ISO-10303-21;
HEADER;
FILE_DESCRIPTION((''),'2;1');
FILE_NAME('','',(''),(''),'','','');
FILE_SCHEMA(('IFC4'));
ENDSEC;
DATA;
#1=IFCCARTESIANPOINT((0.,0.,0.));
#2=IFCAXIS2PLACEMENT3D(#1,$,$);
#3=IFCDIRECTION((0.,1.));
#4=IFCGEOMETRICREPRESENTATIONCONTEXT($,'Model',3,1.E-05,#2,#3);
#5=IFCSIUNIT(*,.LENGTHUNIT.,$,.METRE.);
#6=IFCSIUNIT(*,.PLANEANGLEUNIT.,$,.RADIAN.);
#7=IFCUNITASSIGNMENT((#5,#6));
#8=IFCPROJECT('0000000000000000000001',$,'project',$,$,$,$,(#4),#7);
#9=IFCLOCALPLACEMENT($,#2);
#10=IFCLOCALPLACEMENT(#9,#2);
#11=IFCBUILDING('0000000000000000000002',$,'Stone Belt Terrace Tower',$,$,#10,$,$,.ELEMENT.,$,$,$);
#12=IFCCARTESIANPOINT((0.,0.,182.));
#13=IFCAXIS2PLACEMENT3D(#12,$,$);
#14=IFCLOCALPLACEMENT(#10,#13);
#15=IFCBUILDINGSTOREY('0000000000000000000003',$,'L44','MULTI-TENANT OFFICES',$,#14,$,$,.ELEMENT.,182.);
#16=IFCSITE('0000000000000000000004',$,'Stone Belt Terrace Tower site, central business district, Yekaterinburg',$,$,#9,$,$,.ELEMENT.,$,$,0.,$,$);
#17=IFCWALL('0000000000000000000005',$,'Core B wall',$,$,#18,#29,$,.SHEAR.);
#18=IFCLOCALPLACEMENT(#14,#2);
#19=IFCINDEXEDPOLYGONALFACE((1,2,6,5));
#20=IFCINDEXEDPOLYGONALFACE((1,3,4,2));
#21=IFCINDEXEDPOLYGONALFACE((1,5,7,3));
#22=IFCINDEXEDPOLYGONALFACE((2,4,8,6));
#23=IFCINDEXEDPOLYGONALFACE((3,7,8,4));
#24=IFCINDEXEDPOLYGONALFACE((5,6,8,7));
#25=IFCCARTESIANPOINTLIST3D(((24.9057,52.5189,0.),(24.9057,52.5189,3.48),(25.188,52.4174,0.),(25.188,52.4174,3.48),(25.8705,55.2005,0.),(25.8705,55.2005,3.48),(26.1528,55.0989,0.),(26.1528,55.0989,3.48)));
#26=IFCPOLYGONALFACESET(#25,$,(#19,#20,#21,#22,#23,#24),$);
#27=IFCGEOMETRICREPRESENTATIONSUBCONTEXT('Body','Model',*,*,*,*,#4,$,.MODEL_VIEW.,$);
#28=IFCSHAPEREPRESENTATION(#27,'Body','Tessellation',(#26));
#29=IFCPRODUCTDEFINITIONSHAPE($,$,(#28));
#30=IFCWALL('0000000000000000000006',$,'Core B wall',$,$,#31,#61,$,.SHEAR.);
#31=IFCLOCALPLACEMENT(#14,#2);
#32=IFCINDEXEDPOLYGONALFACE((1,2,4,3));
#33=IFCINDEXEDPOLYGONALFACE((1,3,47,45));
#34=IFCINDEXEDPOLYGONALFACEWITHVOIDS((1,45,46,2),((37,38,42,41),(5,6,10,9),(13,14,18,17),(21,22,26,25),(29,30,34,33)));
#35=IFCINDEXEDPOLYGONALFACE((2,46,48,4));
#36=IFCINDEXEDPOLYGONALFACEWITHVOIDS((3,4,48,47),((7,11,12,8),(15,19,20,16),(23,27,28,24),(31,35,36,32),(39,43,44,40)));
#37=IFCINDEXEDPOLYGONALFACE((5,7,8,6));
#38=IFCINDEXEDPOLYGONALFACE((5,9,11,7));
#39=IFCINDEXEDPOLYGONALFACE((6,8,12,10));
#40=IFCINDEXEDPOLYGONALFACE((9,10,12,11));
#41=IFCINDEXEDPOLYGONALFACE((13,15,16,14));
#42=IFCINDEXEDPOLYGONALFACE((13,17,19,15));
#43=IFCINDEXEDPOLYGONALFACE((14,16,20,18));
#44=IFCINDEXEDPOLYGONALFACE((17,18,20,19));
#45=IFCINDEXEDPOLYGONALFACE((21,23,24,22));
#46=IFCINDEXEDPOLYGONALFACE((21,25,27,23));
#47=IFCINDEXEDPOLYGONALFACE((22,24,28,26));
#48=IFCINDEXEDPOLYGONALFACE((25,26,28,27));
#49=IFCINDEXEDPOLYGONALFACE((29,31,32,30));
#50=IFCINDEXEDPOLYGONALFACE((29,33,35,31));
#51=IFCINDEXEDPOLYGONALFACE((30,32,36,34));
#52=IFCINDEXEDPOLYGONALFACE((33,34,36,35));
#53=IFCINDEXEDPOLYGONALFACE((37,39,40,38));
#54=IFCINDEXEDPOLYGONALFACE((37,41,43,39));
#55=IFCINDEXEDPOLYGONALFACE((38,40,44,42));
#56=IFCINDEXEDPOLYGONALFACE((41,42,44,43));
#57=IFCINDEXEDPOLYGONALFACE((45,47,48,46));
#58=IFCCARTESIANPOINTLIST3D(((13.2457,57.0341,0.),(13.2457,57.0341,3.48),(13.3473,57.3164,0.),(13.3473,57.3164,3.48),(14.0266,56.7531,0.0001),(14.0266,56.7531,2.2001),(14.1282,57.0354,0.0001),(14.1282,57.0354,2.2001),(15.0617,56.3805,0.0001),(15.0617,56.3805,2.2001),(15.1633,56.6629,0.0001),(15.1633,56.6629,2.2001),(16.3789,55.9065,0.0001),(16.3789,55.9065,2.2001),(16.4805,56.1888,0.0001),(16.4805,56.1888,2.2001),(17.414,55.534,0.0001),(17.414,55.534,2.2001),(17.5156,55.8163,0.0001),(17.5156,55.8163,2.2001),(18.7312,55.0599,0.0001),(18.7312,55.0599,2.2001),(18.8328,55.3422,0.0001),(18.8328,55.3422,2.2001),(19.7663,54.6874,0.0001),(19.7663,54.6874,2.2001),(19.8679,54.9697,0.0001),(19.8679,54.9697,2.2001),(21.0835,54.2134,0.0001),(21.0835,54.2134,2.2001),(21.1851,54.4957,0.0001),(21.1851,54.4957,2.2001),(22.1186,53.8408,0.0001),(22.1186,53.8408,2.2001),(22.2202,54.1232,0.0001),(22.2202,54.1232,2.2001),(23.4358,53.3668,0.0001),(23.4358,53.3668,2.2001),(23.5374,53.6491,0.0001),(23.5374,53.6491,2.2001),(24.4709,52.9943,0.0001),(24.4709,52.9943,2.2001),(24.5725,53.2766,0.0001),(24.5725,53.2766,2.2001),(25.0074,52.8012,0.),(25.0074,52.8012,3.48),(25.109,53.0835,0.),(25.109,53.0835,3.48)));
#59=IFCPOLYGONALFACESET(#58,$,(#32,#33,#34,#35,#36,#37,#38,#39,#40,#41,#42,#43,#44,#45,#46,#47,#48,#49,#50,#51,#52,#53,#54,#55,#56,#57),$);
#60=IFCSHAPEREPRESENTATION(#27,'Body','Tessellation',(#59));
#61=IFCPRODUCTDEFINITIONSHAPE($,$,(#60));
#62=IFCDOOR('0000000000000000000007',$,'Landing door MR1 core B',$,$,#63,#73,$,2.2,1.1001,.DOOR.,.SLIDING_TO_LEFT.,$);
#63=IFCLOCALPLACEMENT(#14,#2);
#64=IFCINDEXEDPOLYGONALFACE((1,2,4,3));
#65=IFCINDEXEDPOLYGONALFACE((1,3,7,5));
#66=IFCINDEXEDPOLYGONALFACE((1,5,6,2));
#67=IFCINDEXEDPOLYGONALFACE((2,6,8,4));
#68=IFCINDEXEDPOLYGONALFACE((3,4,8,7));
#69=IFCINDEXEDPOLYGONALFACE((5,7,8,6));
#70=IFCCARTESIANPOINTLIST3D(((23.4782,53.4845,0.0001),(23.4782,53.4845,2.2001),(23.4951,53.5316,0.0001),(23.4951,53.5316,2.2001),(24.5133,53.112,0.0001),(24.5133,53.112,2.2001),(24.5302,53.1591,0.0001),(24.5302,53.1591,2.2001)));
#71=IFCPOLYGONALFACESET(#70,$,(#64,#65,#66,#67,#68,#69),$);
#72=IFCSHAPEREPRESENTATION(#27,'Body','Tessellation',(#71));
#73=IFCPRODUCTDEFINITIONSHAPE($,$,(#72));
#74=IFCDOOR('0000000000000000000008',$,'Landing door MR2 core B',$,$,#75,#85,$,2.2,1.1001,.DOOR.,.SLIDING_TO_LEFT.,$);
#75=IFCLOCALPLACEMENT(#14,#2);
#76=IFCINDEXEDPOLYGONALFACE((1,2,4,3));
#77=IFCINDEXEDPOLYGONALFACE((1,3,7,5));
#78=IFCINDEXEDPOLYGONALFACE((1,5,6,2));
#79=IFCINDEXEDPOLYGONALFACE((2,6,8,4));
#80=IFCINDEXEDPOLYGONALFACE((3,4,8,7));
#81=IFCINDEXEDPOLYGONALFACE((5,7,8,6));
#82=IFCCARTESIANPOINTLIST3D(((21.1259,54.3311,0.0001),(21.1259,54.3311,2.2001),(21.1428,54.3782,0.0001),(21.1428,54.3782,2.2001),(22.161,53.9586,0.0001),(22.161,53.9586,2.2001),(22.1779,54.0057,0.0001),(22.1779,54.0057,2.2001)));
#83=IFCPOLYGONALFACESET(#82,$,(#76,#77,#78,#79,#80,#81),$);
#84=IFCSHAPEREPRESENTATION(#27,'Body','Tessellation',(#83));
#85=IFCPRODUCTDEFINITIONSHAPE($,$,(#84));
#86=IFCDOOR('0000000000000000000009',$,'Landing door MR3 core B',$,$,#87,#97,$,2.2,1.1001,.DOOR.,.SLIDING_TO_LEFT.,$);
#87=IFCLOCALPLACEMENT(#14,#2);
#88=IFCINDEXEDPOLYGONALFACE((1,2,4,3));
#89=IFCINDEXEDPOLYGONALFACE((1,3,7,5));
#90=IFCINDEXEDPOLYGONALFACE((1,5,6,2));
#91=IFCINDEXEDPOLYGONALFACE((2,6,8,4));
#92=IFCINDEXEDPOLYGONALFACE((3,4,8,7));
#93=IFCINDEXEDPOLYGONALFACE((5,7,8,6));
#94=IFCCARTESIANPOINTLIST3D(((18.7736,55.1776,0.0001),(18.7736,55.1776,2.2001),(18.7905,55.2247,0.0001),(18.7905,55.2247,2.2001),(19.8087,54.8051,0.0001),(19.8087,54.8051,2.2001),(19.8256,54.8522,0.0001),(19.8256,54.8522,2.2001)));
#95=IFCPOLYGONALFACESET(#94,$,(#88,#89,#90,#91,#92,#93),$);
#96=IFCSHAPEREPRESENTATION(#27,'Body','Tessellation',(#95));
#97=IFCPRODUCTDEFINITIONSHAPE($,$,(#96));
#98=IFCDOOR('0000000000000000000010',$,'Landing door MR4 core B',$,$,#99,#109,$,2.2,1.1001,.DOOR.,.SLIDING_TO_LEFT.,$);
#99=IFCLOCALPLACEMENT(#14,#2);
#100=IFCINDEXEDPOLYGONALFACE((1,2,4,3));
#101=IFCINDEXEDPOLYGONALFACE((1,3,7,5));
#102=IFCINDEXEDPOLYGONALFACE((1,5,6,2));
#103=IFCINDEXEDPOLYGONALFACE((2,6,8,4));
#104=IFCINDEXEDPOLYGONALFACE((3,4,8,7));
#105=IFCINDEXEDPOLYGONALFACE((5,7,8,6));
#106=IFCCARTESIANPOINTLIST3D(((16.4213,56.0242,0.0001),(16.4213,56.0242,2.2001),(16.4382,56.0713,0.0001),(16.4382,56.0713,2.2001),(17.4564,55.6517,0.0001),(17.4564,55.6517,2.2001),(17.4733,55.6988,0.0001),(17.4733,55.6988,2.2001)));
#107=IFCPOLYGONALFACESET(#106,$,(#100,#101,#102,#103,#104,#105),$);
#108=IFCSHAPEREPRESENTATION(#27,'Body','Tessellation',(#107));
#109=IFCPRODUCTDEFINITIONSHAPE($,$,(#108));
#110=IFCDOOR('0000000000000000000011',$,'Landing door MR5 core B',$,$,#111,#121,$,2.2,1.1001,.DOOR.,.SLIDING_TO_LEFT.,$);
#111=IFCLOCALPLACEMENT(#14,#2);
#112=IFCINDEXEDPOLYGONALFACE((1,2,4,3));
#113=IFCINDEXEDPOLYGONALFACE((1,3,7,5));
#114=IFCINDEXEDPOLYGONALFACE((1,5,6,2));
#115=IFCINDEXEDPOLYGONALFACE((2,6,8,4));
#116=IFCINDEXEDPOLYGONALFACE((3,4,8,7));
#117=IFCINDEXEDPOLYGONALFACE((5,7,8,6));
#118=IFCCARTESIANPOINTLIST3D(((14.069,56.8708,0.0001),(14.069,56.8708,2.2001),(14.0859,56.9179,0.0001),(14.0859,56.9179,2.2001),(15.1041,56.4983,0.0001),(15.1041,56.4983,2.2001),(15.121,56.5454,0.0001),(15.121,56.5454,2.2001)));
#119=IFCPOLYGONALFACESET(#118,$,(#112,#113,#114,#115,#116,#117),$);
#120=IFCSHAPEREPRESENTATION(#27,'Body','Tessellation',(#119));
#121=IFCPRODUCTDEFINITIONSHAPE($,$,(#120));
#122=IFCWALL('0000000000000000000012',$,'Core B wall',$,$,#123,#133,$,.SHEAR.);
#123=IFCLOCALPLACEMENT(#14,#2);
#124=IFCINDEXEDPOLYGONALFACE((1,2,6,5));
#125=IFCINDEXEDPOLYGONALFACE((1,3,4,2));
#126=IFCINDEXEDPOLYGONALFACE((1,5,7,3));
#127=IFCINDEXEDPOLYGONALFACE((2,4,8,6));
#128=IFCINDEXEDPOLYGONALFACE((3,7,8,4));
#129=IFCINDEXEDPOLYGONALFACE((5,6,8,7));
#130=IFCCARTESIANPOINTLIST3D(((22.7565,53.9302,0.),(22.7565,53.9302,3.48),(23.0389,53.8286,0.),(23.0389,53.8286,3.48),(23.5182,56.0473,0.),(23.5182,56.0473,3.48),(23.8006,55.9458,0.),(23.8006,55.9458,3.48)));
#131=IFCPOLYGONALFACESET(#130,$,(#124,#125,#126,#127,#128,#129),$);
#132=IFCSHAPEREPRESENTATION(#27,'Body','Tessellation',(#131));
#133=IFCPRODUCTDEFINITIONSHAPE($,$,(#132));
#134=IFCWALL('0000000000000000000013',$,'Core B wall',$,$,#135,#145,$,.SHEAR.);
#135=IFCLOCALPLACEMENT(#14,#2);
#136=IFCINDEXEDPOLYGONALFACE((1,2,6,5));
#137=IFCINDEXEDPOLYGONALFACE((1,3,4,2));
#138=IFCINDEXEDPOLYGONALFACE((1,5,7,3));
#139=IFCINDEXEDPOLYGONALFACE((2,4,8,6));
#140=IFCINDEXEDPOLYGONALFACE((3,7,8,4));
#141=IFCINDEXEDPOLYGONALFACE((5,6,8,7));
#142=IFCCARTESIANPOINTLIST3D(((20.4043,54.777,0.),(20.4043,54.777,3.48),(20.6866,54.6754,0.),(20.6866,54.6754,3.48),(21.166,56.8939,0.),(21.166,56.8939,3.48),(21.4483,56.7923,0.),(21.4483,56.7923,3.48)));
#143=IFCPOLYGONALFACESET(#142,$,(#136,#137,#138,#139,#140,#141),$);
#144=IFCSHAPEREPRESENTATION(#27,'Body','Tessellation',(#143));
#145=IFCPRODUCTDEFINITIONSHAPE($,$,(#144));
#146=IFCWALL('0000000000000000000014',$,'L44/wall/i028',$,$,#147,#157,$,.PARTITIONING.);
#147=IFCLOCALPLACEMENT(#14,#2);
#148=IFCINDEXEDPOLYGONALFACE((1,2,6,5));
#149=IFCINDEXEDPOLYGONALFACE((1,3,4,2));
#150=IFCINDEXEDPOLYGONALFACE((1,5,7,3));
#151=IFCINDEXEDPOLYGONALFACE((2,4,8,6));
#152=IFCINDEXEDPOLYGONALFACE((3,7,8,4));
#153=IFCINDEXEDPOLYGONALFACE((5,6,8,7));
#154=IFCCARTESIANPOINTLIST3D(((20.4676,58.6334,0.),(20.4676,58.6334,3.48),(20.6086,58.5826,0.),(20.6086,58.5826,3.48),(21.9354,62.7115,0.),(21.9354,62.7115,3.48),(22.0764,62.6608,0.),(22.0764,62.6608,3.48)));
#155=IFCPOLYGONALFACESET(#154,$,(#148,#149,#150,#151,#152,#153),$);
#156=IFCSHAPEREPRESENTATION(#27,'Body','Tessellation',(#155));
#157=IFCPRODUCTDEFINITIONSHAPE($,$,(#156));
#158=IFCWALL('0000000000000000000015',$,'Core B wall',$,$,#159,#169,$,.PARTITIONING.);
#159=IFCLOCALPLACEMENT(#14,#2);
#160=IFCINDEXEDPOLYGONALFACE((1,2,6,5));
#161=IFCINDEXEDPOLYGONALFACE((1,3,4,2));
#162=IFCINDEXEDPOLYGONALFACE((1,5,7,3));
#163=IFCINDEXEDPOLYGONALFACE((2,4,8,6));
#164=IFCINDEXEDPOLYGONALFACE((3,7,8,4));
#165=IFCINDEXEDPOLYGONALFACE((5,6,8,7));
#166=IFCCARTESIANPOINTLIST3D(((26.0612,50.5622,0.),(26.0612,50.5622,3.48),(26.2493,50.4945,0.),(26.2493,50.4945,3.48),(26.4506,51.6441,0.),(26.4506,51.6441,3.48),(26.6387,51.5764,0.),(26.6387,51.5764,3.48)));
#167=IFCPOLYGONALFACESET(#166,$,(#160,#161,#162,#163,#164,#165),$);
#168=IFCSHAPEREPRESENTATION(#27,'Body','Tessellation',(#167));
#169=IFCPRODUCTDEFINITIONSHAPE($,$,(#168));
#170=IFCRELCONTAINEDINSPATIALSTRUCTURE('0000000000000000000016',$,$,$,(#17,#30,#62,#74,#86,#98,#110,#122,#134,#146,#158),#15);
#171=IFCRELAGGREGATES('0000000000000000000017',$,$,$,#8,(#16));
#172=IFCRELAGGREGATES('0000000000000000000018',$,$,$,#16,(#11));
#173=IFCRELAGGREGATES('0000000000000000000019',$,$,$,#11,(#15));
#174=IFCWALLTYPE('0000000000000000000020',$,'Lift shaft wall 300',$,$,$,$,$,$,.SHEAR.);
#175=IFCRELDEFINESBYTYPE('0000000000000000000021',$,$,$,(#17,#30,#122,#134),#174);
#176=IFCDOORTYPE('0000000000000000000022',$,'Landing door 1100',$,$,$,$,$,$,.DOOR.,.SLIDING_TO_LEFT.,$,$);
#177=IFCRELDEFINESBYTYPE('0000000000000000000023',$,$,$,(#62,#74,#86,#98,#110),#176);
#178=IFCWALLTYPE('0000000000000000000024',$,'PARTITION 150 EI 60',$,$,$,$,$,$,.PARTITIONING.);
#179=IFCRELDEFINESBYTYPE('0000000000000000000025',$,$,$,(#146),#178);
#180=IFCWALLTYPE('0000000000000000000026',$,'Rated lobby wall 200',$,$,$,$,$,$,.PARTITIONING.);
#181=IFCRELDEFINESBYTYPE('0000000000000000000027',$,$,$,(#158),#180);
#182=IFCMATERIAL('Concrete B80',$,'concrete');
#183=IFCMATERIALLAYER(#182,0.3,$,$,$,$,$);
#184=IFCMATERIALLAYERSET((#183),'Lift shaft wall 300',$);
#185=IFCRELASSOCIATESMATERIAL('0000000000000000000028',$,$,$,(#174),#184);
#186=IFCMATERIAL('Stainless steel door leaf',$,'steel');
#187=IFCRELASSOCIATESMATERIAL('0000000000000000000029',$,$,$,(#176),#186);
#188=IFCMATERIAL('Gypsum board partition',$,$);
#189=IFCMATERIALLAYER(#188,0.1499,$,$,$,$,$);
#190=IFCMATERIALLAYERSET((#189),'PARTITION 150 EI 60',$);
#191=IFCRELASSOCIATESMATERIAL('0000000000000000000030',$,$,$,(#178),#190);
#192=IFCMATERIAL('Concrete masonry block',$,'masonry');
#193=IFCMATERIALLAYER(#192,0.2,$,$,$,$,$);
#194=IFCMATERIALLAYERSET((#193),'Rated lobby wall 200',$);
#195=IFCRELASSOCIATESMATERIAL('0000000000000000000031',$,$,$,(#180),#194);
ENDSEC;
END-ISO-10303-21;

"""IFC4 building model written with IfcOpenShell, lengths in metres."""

from ifc_helpers import new_model, si_unit, direction, frame, frame_2d, origin, place, context, subcontext, project, spatial, rectangle, extrude, material, layer, layer_set, type_object, element, fill, save


model = new_model("IFC4")

# Units and contexts
model_context = context("Model", 3, precision=1e-05, world=origin(), true_north=direction((0.0, 1.0)))
body_context = subcontext(model_context, "Body", "Model", "MODEL_VIEW")
ifc_project = project(units=[si_unit("LENGTHUNIT", "METRE"), si_unit("PLANEANGLEUNIT", "RADIAN")], contexts=[model_context])

# Site, building, storey
site_placement = place(None, origin())
site = spatial("IfcSite", under=ifc_project, at=site_placement, Name="Stone Belt Terrace Tower site, central business district, Yekaterinburg", CompositionType="ELEMENT", RefElevation=0.0)
building_placement = place(site_placement, origin())
building = spatial("IfcBuilding", under=site, at=building_placement, Name="Stone Belt Terrace Tower", CompositionType="ELEMENT")
storey_placement = place(building_placement, frame((0.0, 0.0, 182.0)))
storey = spatial("IfcBuildingStorey", under=building, at=storey_placement, Name="L44", Description="MULTI-TENANT OFFICES", CompositionType="ELEMENT", Elevation=182.0)

# Shared definitions
ifc_material_1 = material(Name="Concrete B80", Category="concrete")

# Shared definitions
ifc_layer_1 = layer(ifc_material_1, 0.3)
ifc_layer_set_1 = layer_set([ifc_layer_1], Name="Lift shaft wall 300")
wall_type_1 = type_object("IfcWallType", Name="Lift shaft wall 300", PredefinedType="SHEAR", material=ifc_layer_set_1)
ifc_material_2 = material(Name="Stainless steel door leaf", Category="steel")

# Wall
wall_1_placement = place(storey_placement, frame((25.0469, 52.4683, 0.0), z_axis=(0.0, 0.0, 1.0), x_axis=(0.33855, 0.940949, 0.0)))
element("IfcWall", 1, at=wall_1_placement, inside=storey, type_object=wall_type_1, Name="Core B wall", PredefinedType="SHEAR", context=body_context, shape_type="SweptSolid", body=[
    extrude(rectangle(XDim=2.8499, YDim=0.3, at=frame_2d((1.4248, 0.0))), origin(), (0.0, 0.0, 1.0), 3.48),
])

# Wall, openings, doors
wall_2_placement = place(storey_placement, frame((25.0581, 52.9424, 0.0), z_axis=(0.0, 0.0, 1.0), x_axis=(-0.940921, 0.338627, 0.0)))
wall_2 = element("IfcWall", 2, at=wall_2_placement, inside=storey, type_object=wall_type_1, Name="Core B wall", PredefinedType="SHEAR", context=body_context, shape_type="SweptSolid", body=[
    extrude(rectangle(XDim=12.5002, YDim=0.3, at=frame_2d((6.25, 0.0))), origin(), (0.0, 0.0, 1.0), 3.48),
])
opening_1_placement = place(wall_2_placement, frame((0.5701, 0.0, 0.0)))
opening_1 = element("IfcOpeningElement", 3, at=opening_1_placement, cuts=wall_2, PredefinedType="OPENING", context=body_context, shape_type="SweptSolid", body=[
    extrude(rectangle(XDim=1.1001, YDim=2.2, at=frame_2d((0.55, 1.1001))), frame((0.0, 0.1599, 0.0), z_axis=(0.0, -1.0, 0.0), x_axis=(1.0, 0.0, 0.0)), (0.0, 0.0, 1.0), 0.3201),
])
opening_2_placement = place(wall_2_placement, frame((3.0701, 0.0, 0.0)))
opening_2 = element("IfcOpeningElement", 4, at=opening_2_placement, cuts=wall_2, PredefinedType="OPENING", context=body_context, shape_type="SweptSolid", body=[
    extrude(rectangle(XDim=1.1001, YDim=2.2, at=frame_2d((0.55, 1.1001))), frame((0.0, 0.1599, 0.0), z_axis=(0.0, -1.0, 0.0), x_axis=(1.0, 0.0, 0.0)), (0.0, 0.0, 1.0), 0.3201),
])
opening_3_placement = place(wall_2_placement, frame((5.5701, 0.0, 0.0)))
opening_3 = element("IfcOpeningElement", 5, at=opening_3_placement, cuts=wall_2, PredefinedType="OPENING", context=body_context, shape_type="SweptSolid", body=[
    extrude(rectangle(XDim=1.1001, YDim=2.2, at=frame_2d((0.55, 1.1001))), frame((0.0, 0.1599, 0.0), z_axis=(0.0, -1.0, 0.0), x_axis=(1.0, 0.0, 0.0)), (0.0, 0.0, 1.0), 0.3201),
])
opening_4_placement = place(wall_2_placement, frame((8.0701, 0.0, 0.0)))
opening_4 = element("IfcOpeningElement", 6, at=opening_4_placement, cuts=wall_2, PredefinedType="OPENING", context=body_context, shape_type="SweptSolid", body=[
    extrude(rectangle(XDim=1.1001, YDim=2.2, at=frame_2d((0.55, 1.1001))), frame((0.0, 0.1599, 0.0), z_axis=(0.0, -1.0, 0.0), x_axis=(1.0, 0.0, 0.0)), (0.0, 0.0, 1.0), 0.3201),
])
opening_5_placement = place(wall_2_placement, frame((10.5701, 0.0, 0.0)))
opening_5 = element("IfcOpeningElement", 7, at=opening_5_placement, cuts=wall_2, PredefinedType="OPENING", context=body_context, shape_type="SweptSolid", body=[
    extrude(rectangle(XDim=1.1001, YDim=2.2, at=frame_2d((0.55, 1.1001))), frame((0.0, 0.1599, 0.0), z_axis=(0.0, -1.0, 0.0), x_axis=(1.0, 0.0, 0.0)), (0.0, 0.0, 1.0), 0.3201),
])
door_type_1 = type_object("IfcDoorType", Name="Landing door 1100", OperationType="SLIDING_TO_LEFT", PredefinedType="DOOR", material=ifc_material_2)
door_1_placement = place(opening_1_placement, origin())
door_1 = element("IfcDoor", 8, at=door_1_placement, inside=storey, type_object=door_type_1, Name="Landing door MR1 core B", OperationType="SLIDING_TO_LEFT", OverallHeight=2.2, OverallWidth=1.1001, PredefinedType="DOOR", context=body_context, shape_type="SweptSolid", body=[
    extrude(rectangle(XDim=1.1001, YDim=2.2, at=frame_2d((0.55, 1.1001))), frame((0.0, 0.0249, 0.0), z_axis=(0.0, -1.0, 0.0), x_axis=(1.0, 0.0, 0.0)), (0.0, 0.0, 1.0), 0.05),
])
fill(opening_1, door_1)
door_2_placement = place(opening_2_placement, origin())
door_2 = element("IfcDoor", 9, at=door_2_placement, inside=storey, type_object=door_type_1, Name="Landing door MR2 core B", OperationType="SLIDING_TO_LEFT", OverallHeight=2.2, OverallWidth=1.1001, PredefinedType="DOOR", context=body_context, shape_type="SweptSolid", body=[
    extrude(rectangle(XDim=1.1001, YDim=2.2, at=frame_2d((0.55, 1.1001))), frame((0.0, 0.0249, 0.0), z_axis=(0.0, -1.0, 0.0), x_axis=(1.0, 0.0, 0.0)), (0.0, 0.0, 1.0), 0.05),
])
fill(opening_2, door_2)
door_3_placement = place(opening_3_placement, origin())
door_3 = element("IfcDoor", 10, at=door_3_placement, inside=storey, type_object=door_type_1, Name="Landing door MR3 core B", OperationType="SLIDING_TO_LEFT", OverallHeight=2.2, OverallWidth=1.1001, PredefinedType="DOOR", context=body_context, shape_type="SweptSolid", body=[
    extrude(rectangle(XDim=1.1001, YDim=2.2, at=frame_2d((0.55, 1.1001))), frame((0.0, 0.0249, 0.0), z_axis=(0.0, -1.0, 0.0), x_axis=(1.0, 0.0, 0.0)), (0.0, 0.0, 1.0), 0.05),
])
fill(opening_3, door_3)
door_4_placement = place(opening_4_placement, origin())
door_4 = element("IfcDoor", 11, at=door_4_placement, inside=storey, type_object=door_type_1, Name="Landing door MR4 core B", OperationType="SLIDING_TO_LEFT", OverallHeight=2.2, OverallWidth=1.1001, PredefinedType="DOOR", context=body_context, shape_type="SweptSolid", body=[
    extrude(rectangle(XDim=1.1001, YDim=2.2, at=frame_2d((0.55, 1.1001))), frame((0.0, 0.0249, 0.0), z_axis=(0.0, -1.0, 0.0), x_axis=(1.0, 0.0, 0.0)), (0.0, 0.0, 1.0), 0.05),
])
fill(opening_4, door_4)
door_5_placement = place(opening_5_placement, origin())
door_5 = element("IfcDoor", 12, at=door_5_placement, inside=storey, type_object=door_type_1, Name="Landing door MR5 core B", OperationType="SLIDING_TO_LEFT", OverallHeight=2.2, OverallWidth=1.1001, PredefinedType="DOOR", context=body_context, shape_type="SweptSolid", body=[
    extrude(rectangle(XDim=1.1001, YDim=2.2, at=frame_2d((0.55, 1.1001))), frame((0.0, 0.0249, 0.0), z_axis=(0.0, -1.0, 0.0), x_axis=(1.0, 0.0, 0.0)), (0.0, 0.0, 1.0), 0.05),
])
fill(opening_5, door_5)

# Walls
wall_3_placement = place(storey_placement, frame((22.8977, 53.8794, 0.0), z_axis=(0.0, 0.0, 1.0), x_axis=(0.338535, 0.940954, 0.0)))
element("IfcWall", 13, at=wall_3_placement, inside=storey, type_object=wall_type_1, Name="Core B wall", PredefinedType="SHEAR", context=body_context, shape_type="SweptSolid", body=[
    extrude(rectangle(XDim=2.25, YDim=0.3, at=frame_2d((1.125, 0.0))), origin(), (0.0, 0.0, 1.0), 3.48),
])
wall_4_placement = place(storey_placement, frame((20.5454, 54.7261, 0.0), z_axis=(0.0, 0.0, 1.0), x_axis=(0.33857, 0.940941, 0.0)))
element("IfcWall", 14, at=wall_4_placement, inside=storey, type_object=wall_type_1, Name="Core B wall", PredefinedType="SHEAR", context=body_context, shape_type="SweptSolid", body=[
    extrude(rectangle(XDim=2.2498, YDim=0.3, at=frame_2d((1.125, 0.0))), origin(), (0.0, 0.0, 1.0), 3.48),
])
ifc_material_3 = material(Name="Gypsum board partition")
ifc_layer_2 = layer(ifc_material_3, 0.1499)
ifc_layer_set_2 = layer_set([ifc_layer_2], Name="PARTITION 150 EI 60")
wall_type_2 = type_object("IfcWallType", Name="PARTITION 150 EI 60", PredefinedType="PARTITIONING", material=ifc_layer_set_2)
wall_5_placement = place(storey_placement, frame((22.0059, 62.686, 0.0), z_axis=(0.0, 0.0, 1.0), x_axis=(-0.338648, -0.940913, 0.0)))
element("IfcWall", 15, at=wall_5_placement, inside=storey, type_object=wall_type_2, Name="L44/wall/i028", PredefinedType="PARTITIONING", context=body_context, shape_type="SweptSolid", body=[
    extrude(rectangle(XDim=4.3342, YDim=0.1499, at=frame_2d((2.167, 0.0))), origin(), (0.0, 0.0, 1.0), 3.48),
])
ifc_material_4 = material(Name="Concrete masonry block", Category="masonry")
ifc_layer_3 = layer(ifc_material_4, 0.2)
ifc_layer_set_3 = layer_set([ifc_layer_3], Name="Rated lobby wall 200")
wall_type_3 = type_object("IfcWallType", Name="Rated lobby wall 200", PredefinedType="PARTITIONING", material=ifc_layer_set_3)
wall_6_placement = place(storey_placement, frame((26.1553, 50.5283, 0.0), z_axis=(0.0, 0.0, 1.0), x_axis=(0.338622, 0.940923, 0.0)))
element("IfcWall", 16, at=wall_6_placement, inside=storey, type_object=wall_type_3, Name="Core B wall", PredefinedType="PARTITIONING", context=body_context, shape_type="SweptSolid", body=[
    extrude(rectangle(XDim=1.1499, YDim=0.2, at=frame_2d((0.575, 0.0))), origin(), (0.0, 0.0, 1.0), 3.48),
])

save(model, "model.ifc")
